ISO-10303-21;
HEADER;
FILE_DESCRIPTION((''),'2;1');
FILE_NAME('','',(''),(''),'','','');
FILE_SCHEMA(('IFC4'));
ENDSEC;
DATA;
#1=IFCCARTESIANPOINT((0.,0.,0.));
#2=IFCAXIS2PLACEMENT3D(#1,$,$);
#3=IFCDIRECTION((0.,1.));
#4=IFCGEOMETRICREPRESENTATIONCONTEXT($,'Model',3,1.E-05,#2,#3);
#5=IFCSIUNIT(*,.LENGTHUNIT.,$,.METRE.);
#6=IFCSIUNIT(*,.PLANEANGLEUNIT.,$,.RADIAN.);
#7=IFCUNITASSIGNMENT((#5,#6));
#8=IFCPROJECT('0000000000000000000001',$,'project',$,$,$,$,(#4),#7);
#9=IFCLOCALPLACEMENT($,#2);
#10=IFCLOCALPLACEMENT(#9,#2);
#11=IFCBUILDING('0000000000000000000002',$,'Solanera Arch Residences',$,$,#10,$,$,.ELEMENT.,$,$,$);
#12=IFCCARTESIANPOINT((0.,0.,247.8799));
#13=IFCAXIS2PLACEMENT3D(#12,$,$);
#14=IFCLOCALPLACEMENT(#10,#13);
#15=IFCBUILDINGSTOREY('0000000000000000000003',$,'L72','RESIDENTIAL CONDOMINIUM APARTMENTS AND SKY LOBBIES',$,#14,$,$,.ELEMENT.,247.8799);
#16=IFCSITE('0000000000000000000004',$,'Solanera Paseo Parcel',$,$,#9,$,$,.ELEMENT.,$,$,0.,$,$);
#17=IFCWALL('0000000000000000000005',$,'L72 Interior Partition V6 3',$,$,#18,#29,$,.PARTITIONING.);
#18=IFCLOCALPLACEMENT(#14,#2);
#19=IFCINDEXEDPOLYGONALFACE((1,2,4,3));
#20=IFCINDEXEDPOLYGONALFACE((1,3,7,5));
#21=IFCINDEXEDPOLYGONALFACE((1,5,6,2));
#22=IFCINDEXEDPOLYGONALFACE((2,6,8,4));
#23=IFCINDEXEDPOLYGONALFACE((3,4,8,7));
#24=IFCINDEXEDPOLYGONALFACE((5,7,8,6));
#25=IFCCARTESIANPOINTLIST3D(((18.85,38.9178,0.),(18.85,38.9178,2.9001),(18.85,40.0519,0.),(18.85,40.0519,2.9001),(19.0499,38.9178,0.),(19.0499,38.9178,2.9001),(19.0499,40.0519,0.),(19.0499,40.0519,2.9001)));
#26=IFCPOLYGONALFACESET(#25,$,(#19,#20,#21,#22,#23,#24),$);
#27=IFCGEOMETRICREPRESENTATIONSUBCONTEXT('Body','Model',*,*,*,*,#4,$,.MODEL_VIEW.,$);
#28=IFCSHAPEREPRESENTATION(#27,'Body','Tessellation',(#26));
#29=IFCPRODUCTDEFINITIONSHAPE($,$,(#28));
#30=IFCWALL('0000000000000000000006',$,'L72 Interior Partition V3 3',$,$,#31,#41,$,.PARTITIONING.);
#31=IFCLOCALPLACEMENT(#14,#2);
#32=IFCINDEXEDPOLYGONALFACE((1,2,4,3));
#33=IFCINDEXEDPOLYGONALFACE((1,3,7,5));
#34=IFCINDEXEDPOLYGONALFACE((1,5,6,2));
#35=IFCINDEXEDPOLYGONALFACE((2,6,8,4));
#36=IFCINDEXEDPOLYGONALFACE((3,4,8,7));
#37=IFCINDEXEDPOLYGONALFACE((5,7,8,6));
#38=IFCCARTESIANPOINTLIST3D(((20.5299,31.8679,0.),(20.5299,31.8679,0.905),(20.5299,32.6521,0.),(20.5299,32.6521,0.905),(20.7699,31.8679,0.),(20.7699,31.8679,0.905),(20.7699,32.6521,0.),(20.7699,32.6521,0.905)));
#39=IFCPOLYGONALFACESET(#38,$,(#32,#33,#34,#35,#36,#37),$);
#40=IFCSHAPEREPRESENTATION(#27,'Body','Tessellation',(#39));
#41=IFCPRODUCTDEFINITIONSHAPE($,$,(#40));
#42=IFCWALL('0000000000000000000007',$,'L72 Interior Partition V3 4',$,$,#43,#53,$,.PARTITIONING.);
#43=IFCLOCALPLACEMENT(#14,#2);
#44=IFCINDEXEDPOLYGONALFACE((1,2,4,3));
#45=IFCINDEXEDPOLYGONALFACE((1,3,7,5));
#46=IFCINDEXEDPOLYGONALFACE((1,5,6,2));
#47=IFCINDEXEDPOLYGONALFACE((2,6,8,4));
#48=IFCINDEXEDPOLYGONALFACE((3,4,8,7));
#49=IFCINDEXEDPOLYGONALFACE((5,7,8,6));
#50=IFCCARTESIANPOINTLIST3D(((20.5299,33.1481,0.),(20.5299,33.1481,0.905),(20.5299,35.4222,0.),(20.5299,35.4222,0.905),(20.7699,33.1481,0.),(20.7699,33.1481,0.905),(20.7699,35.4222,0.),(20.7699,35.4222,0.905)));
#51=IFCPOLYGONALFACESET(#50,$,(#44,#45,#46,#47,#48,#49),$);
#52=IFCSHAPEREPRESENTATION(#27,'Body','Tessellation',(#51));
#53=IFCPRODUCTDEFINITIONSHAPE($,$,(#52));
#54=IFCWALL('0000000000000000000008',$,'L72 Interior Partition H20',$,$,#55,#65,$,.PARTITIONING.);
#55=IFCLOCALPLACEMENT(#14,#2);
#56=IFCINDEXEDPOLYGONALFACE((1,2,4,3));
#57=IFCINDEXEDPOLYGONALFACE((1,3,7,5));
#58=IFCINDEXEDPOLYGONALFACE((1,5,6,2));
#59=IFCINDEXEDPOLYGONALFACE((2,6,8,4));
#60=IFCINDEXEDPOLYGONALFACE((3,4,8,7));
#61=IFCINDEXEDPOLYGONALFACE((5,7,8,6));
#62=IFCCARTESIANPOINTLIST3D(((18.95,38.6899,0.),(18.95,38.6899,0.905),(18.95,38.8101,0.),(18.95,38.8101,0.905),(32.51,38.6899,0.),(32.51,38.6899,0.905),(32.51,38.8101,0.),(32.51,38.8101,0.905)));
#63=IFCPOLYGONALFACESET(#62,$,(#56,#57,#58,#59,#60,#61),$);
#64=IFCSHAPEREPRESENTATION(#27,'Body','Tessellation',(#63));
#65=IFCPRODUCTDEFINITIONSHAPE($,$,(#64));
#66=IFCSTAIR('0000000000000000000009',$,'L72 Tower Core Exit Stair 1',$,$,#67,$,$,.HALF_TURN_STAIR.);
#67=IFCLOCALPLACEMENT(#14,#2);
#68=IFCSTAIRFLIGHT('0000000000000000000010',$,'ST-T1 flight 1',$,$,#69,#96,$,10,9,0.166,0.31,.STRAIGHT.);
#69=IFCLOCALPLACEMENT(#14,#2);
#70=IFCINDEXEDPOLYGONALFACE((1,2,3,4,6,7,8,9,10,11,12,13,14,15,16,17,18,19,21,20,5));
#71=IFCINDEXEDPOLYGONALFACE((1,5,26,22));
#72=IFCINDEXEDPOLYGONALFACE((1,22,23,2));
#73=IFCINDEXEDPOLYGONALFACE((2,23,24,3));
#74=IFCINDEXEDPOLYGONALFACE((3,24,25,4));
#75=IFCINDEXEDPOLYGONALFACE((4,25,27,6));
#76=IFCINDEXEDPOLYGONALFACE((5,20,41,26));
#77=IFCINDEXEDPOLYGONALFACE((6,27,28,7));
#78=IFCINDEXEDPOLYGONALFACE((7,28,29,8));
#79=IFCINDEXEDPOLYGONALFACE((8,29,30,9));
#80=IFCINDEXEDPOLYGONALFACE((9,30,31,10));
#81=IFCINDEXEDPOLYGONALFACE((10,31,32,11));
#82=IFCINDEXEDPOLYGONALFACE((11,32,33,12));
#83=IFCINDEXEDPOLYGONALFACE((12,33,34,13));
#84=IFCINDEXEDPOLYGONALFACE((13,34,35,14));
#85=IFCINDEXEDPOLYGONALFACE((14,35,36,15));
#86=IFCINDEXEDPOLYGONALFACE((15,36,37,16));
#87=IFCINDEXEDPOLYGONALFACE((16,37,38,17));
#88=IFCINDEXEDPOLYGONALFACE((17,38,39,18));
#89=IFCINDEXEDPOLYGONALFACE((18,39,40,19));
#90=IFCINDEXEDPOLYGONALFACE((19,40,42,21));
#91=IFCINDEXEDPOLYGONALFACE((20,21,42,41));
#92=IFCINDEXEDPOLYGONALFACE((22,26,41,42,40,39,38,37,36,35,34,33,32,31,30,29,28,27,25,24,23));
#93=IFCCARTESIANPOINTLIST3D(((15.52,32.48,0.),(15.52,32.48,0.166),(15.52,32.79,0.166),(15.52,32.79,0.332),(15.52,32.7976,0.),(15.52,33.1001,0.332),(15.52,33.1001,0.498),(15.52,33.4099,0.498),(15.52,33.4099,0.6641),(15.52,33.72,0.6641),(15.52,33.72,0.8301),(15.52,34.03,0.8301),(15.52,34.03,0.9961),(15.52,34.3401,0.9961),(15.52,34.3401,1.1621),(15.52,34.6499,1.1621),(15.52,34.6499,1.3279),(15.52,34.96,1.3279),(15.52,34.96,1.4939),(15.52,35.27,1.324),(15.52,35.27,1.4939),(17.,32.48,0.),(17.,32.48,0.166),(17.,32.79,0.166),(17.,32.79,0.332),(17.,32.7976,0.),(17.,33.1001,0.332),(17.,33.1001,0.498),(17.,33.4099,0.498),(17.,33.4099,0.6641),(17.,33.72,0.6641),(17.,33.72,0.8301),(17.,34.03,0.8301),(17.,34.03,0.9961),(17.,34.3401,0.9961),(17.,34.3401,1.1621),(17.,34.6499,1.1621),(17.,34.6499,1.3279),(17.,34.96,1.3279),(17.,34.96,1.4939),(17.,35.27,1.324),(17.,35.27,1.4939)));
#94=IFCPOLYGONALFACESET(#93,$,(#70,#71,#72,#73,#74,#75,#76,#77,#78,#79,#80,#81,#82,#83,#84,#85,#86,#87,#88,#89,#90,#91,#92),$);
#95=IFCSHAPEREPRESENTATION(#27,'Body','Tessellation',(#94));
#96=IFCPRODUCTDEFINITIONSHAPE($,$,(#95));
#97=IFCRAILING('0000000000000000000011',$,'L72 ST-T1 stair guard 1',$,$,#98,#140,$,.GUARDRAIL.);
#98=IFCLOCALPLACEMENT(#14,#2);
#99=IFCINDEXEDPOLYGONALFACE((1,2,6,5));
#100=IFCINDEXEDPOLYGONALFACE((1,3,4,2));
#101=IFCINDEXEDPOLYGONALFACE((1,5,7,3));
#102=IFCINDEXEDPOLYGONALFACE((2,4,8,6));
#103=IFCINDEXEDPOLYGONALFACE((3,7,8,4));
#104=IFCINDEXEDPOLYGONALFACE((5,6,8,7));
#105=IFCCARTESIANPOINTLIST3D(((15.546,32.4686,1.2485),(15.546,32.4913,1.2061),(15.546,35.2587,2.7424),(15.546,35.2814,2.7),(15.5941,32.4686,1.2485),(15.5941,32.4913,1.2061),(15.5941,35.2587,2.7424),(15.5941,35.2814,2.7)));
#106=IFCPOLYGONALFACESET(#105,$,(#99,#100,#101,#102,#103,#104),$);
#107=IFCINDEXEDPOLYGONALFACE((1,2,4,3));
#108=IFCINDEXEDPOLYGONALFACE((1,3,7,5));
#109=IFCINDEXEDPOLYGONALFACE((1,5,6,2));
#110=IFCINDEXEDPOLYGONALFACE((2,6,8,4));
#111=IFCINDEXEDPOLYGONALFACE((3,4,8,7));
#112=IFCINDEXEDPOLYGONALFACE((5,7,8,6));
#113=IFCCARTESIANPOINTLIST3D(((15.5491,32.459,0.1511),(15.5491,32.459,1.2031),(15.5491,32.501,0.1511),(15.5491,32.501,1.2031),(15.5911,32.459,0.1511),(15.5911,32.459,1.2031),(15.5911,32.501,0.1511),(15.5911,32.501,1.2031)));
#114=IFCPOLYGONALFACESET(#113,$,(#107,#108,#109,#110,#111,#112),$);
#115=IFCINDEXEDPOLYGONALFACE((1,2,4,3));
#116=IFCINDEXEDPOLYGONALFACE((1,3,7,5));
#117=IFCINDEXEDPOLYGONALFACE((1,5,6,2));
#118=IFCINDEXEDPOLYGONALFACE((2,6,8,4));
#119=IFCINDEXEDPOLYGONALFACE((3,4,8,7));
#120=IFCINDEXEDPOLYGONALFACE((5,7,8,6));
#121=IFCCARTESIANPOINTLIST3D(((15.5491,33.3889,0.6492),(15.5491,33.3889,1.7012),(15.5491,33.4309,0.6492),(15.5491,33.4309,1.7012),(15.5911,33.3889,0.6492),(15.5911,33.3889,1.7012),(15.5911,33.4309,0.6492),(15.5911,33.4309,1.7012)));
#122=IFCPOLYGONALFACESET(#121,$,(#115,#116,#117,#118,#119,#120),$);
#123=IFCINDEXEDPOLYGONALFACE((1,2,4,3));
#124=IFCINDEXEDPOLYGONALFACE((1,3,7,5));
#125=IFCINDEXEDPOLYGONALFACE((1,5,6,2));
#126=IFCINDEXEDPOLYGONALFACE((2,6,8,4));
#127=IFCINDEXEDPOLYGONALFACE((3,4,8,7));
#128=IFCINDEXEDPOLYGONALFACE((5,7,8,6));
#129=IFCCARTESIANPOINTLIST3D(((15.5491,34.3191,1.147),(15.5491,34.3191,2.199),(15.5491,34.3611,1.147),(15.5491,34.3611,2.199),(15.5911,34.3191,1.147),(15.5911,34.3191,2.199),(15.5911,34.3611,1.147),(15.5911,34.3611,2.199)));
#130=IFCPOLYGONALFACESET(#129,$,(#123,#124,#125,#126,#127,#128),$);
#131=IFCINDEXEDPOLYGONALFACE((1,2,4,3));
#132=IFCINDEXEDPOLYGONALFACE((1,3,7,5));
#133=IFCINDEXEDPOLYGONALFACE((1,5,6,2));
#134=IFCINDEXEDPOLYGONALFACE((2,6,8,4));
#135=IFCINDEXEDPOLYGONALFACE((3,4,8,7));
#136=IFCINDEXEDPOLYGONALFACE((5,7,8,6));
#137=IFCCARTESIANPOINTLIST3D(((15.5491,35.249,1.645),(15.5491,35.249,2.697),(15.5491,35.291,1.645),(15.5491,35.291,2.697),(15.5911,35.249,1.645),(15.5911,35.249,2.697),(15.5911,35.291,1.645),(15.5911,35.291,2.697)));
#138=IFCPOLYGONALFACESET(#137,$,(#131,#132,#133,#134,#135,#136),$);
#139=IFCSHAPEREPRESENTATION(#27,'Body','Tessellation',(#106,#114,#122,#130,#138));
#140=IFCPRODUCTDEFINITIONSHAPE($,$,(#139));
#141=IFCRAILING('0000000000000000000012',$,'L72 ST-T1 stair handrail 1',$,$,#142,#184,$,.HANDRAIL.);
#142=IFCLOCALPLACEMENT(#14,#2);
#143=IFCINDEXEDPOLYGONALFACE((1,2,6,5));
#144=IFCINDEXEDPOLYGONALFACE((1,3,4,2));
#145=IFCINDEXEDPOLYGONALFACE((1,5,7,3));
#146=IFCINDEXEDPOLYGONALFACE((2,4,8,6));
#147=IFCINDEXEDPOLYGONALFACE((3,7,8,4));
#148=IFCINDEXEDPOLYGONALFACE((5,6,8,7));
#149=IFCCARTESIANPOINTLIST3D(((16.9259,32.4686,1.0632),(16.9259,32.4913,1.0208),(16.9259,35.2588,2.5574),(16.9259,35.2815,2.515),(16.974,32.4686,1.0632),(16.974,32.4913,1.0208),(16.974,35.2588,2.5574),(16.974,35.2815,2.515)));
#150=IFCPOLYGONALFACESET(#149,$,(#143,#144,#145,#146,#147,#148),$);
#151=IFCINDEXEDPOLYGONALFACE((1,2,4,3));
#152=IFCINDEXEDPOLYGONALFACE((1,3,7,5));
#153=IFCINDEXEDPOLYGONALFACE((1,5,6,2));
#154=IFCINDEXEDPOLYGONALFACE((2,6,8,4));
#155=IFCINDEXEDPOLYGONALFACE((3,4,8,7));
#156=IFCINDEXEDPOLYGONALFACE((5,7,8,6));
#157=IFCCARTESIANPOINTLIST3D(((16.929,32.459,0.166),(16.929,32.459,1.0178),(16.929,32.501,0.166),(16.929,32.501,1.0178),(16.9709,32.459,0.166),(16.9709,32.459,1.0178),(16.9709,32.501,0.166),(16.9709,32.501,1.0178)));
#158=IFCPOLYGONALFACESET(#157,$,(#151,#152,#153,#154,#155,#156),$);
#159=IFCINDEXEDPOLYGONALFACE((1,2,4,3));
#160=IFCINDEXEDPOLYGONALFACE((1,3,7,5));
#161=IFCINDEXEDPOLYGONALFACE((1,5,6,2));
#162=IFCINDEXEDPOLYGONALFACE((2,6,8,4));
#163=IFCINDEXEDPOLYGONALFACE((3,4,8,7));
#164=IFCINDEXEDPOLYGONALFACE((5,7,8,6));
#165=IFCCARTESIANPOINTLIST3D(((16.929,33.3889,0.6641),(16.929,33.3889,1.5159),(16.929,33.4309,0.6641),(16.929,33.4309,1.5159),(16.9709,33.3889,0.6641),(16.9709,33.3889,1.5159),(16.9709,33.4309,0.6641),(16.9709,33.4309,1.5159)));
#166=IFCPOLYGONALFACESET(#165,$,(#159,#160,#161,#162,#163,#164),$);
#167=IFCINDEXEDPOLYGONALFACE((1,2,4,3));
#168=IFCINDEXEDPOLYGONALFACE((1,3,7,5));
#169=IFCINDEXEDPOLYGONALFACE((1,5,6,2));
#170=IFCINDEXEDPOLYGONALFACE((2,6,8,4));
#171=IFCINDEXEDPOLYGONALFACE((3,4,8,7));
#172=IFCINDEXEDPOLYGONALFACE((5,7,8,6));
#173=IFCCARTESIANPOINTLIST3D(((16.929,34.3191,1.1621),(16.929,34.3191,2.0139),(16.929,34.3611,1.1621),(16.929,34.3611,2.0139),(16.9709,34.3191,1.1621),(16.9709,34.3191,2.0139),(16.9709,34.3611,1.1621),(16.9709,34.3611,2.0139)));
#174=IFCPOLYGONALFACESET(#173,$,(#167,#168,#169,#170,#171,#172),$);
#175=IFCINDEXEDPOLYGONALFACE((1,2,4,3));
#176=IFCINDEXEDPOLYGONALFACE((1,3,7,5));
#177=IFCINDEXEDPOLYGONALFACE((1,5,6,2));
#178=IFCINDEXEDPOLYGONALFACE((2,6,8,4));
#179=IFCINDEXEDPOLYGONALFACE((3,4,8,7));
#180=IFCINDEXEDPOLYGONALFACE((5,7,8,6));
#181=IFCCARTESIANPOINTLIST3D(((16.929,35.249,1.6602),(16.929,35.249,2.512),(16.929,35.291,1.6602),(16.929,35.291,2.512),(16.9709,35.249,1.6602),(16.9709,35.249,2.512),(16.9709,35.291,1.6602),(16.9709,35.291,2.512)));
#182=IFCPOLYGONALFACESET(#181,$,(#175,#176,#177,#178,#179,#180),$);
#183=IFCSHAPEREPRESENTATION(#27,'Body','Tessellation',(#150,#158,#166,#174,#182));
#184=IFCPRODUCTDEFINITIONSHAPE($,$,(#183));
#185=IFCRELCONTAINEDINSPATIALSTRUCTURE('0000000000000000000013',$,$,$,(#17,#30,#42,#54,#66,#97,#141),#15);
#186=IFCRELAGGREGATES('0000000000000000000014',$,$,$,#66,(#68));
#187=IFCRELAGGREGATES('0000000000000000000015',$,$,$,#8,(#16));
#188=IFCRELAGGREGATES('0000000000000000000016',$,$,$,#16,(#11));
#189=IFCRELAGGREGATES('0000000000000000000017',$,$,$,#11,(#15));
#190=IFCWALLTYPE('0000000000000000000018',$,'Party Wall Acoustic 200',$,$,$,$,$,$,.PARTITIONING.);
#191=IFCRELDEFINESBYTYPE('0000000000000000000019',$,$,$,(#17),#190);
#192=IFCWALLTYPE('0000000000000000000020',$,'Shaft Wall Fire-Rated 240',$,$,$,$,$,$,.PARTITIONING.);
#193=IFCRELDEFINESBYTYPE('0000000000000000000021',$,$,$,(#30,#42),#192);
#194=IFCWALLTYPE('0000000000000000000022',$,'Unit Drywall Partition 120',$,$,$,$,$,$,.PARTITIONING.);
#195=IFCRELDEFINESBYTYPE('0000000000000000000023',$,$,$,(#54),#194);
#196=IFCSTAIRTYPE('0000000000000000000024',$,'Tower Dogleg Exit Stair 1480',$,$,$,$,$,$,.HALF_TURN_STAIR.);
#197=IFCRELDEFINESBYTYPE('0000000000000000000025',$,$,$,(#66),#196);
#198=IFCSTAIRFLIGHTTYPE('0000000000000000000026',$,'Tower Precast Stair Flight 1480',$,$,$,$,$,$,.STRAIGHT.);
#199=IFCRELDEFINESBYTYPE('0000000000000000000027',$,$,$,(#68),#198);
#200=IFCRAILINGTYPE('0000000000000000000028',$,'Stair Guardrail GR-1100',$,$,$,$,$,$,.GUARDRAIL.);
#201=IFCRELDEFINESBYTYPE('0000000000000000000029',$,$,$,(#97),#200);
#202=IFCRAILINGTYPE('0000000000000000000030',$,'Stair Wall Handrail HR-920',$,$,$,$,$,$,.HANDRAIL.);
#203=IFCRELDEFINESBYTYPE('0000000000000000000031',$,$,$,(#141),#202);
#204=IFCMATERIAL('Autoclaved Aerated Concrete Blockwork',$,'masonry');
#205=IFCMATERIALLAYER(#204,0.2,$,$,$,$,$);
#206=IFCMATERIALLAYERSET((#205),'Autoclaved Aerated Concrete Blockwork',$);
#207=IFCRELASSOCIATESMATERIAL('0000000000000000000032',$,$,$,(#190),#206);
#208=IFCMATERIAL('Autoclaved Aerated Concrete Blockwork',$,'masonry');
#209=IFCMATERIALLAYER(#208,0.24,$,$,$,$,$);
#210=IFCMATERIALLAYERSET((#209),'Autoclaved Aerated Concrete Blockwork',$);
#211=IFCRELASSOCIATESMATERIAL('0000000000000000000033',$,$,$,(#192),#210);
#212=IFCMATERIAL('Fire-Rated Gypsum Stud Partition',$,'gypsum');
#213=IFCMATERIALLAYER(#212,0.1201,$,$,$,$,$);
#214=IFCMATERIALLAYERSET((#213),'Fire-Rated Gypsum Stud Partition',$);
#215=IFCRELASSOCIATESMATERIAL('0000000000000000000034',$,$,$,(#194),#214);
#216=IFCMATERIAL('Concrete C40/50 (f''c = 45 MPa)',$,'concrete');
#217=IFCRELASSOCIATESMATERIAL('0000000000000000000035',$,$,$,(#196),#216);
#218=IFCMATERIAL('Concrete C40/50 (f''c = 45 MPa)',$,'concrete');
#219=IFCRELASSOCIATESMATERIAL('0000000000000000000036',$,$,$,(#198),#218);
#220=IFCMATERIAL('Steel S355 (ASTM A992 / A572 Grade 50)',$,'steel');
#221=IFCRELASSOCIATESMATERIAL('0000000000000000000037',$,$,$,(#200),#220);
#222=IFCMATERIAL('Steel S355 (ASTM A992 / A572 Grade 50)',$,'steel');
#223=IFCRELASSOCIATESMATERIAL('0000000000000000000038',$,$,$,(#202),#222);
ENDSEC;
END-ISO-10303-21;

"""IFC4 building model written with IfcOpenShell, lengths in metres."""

from ifc_helpers import new_model, si_unit, direction, frame, frame_2d, origin, origin_2d, place, context, subcontext, project, spatial, polyline, rectangle, outline, extrude, material, layer, layer_set, type_object, element, aggregate, save


model = new_model("IFC4")

# Units and contexts
model_context = context("Model", 3, precision=1e-05, world=origin(), true_north=direction((0.0, 1.0)))
body_context = subcontext(model_context, "Body", "Model", "MODEL_VIEW")
ifc_project = project(units=[si_unit("LENGTHUNIT", "METRE"), si_unit("PLANEANGLEUNIT", "RADIAN")], contexts=[model_context])

# Site, building, storey
site_placement = place(None, origin())
site = spatial("IfcSite", under=ifc_project, at=site_placement, Name="Solanera Paseo Parcel", CompositionType="ELEMENT", RefElevation=0.0)
building_placement = place(site_placement, origin())
building = spatial("IfcBuilding", under=site, at=building_placement, Name="Solanera Arch Residences", CompositionType="ELEMENT")
storey_placement = place(building_placement, frame((0.0, 0.0, 247.8799)))
storey = spatial("IfcBuildingStorey", under=building, at=storey_placement, Name="L72", Description="RESIDENTIAL CONDOMINIUM APARTMENTS AND SKY LOBBIES", CompositionType="ELEMENT", Elevation=247.8799)

# Shared definitions
ifc_material_1 = material(Name="Autoclaved Aerated Concrete Blockwork", Category="masonry")
ifc_layer_1 = layer(ifc_material_1, 0.2)
ifc_layer_set_1 = layer_set([ifc_layer_1], Name="Autoclaved Aerated Concrete Blockwork")
wall_type_1 = type_object("IfcWallType", Name="Party Wall Acoustic 200", PredefinedType="PARTITIONING", material=ifc_layer_set_1)

# Wall
wall_1_placement = place(storey_placement, frame((18.95, 38.918, 0.0), z_axis=(0.0, 0.0, 1.0), x_axis=(0.0, 1.0, 0.0)))
element("IfcWall", 1, at=wall_1_placement, inside=storey, type_object=wall_type_1, Name="L72 Interior Partition V6 3", PredefinedType="PARTITIONING", context=body_context, shape_type="SweptSolid", body=[
    extrude(rectangle(XDim=1.134, YDim=0.2, at=frame_2d((0.5669, 0.0))), origin(), (0.0, 0.0, 1.0), 2.9001),
])

# Shared definitions
ifc_material_2 = material(Name="Autoclaved Aerated Concrete Blockwork", Category="masonry")
ifc_layer_2 = layer(ifc_material_2, 0.24)
ifc_layer_set_2 = layer_set([ifc_layer_2], Name="Autoclaved Aerated Concrete Blockwork")
wall_type_2 = type_object("IfcWallType", Name="Shaft Wall Fire-Rated 240", PredefinedType="PARTITIONING", material=ifc_layer_set_2)

# Walls
wall_2_placement = place(storey_placement, frame((20.6499, 31.8679, 0.0), z_axis=(0.0, 0.0, 1.0), x_axis=(0.0, 1.0, 0.0)))
element("IfcWall", 2, at=wall_2_placement, inside=storey, type_object=wall_type_2, Name="L72 Interior Partition V3 3", PredefinedType="PARTITIONING", context=body_context, shape_type="SweptSolid", body=[
    extrude(rectangle(XDim=0.7842, YDim=0.24, at=frame_2d((0.3921, 0.0))), origin(), (0.0, 0.0, 1.0), 0.905),
])
wall_3_placement = place(storey_placement, frame((20.6499, 33.1479, 0.0), z_axis=(0.0, 0.0, 1.0), x_axis=(0.0, 1.0, 0.0)))
element("IfcWall", 3, at=wall_3_placement, inside=storey, type_object=wall_type_2, Name="L72 Interior Partition V3 4", PredefinedType="PARTITIONING", context=body_context, shape_type="SweptSolid", body=[
    extrude(rectangle(XDim=2.2742, YDim=0.24, at=frame_2d((1.1372, 0.0))), origin(), (0.0, 0.0, 1.0), 0.905),
])
ifc_material_3 = material(Name="Fire-Rated Gypsum Stud Partition", Category="gypsum")
ifc_layer_3 = layer(ifc_material_3, 0.1201)
ifc_layer_set_3 = layer_set([ifc_layer_3], Name="Fire-Rated Gypsum Stud Partition")
wall_type_3 = type_object("IfcWallType", Name="Unit Drywall Partition 120", PredefinedType="PARTITIONING", material=ifc_layer_set_3)
wall_4_placement = place(storey_placement, frame((18.95, 38.75, 0.0), z_axis=(0.0, 0.0, 1.0), x_axis=(1.0, 0.0, 0.0)))
element("IfcWall", 4, at=wall_4_placement, inside=storey, type_object=wall_type_3, Name="L72 Interior Partition H20", PredefinedType="PARTITIONING", context=body_context, shape_type="SweptSolid", body=[
    extrude(rectangle(XDim=13.5601, YDim=0.1201, at=frame_2d((6.78, 0.0))), origin(), (0.0, 0.0, 1.0), 0.905),
])

# Stair, stair flight
ifc_material_4 = material(Name="Concrete C40/50 (f'c = 45 MPa)", Category="concrete")
stair_type = type_object("IfcStairType", Name="Tower Dogleg Exit Stair 1480", PredefinedType="HALF_TURN_STAIR", material=ifc_material_4)
stair_placement = place(storey_placement, origin())
stair = element("IfcStair", 5, at=stair_placement, inside=storey, type_object=stair_type, Name="L72 Tower Core Exit Stair 1", PredefinedType="HALF_TURN_STAIR")
ifc_material_5 = material(Name="Concrete C40/50 (f'c = 45 MPa)", Category="concrete")
stair_flight_type = type_object("IfcStairFlightType", Name="Tower Precast Stair Flight 1480", PredefinedType="STRAIGHT", material=ifc_material_5)
stair_flight_placement = place(storey_placement, frame((16.26, 32.48, 0.0), z_axis=(0.0, 0.0, 1.0), x_axis=(0.0, 1.0, 0.0)))
stair_flight = element("IfcStairFlight", 6, at=stair_flight_placement, type_object=stair_flight_type, Name="ST-T1 flight 1", NumberOfRisers=10, NumberOfTreads=9, PredefinedType="STRAIGHT", RiserHeight=0.166, TreadLength=0.31, context=body_context, shape_type="SweptSolid", body=[
    extrude(outline(polyline([(0.0, 0.0), (0.0, 0.166), (0.3101, 0.166), (0.3101, 0.332), (0.6201, 0.332), (0.6201, 0.498), (0.9299, 0.498), (0.9299, 0.6641), (1.24, 0.6641), (1.24, 0.8301), (1.55, 0.8301), (1.55, 0.9961), (1.8601, 0.9961), (1.8601, 1.1621), (2.1699, 1.1621), (2.1699, 1.3279), (2.48, 1.3279), (2.48, 1.4939), (2.79, 1.4939), (2.79, 1.6599), (2.79, 1.324), (0.3176, 0.0), (0.0, 0.0)])), frame((0.0, 0.74, 0.0), z_axis=(0.0, -1.0, 0.0), x_axis=(1.0, 0.0, 0.0)), (0.0, 0.0, 1.0), 1.48),
])
aggregate(stair, [stair_flight])

# Railings
ifc_material_6 = material(Name="Steel S355 (ASTM A992 / A572 Grade 50)", Category="steel")
railing_type_1 = type_object("IfcRailingType", Name="Stair Guardrail GR-1100", PredefinedType="GUARDRAIL", material=ifc_material_6)
railing_1_placement = place(storey_placement, frame((15.5701, 32.48, 0.1511)))
element("IfcRailing", 7, at=railing_1_placement, inside=storey, type_object=railing_type_1, Name="L72 ST-T1 stair guard 1", PredefinedType="GUARDRAIL", context=body_context, shape_type="SweptSolid", body=[
    extrude(rectangle(XDim=0.0481, YDim=0.0481, at=origin_2d()), frame((0.0, 0.0, 1.0762), z_axis=(0.0, 0.881581, 0.472033), x_axis=(-1.0, 0.0, 0.0)), (0.0, 0.0, 1.0), 3.1648),
    extrude(rectangle(XDim=0.042, YDim=0.042, at=origin_2d()), origin(), (0.0, 0.0, 1.0), 1.052),
    extrude(rectangle(XDim=0.042, YDim=0.042, at=origin_2d()), frame((0.0, 0.9299, 0.498)), (0.0, 0.0, 1.0), 1.052),
    extrude(rectangle(XDim=0.042, YDim=0.042, at=origin_2d()), frame((0.0, 1.8601, 0.9958)), (0.0, 0.0, 1.0), 1.052),
    extrude(rectangle(XDim=0.042, YDim=0.042, at=origin_2d()), frame((0.0, 2.79, 1.4939)), (0.0, 0.0, 1.0), 1.052),
])
ifc_material_7 = material(Name="Steel S355 (ASTM A992 / A572 Grade 50)", Category="steel")
railing_type_2 = type_object("IfcRailingType", Name="Stair Wall Handrail HR-920", PredefinedType="HANDRAIL", material=ifc_material_7)
railing_2_placement = place(storey_placement, frame((16.95, 32.48, 0.166)))
element("IfcRailing", 8, at=railing_2_placement, inside=storey, type_object=railing_type_2, Name="L72 ST-T1 stair handrail 1", PredefinedType="HANDRAIL", context=body_context, shape_type="SweptSolid", body=[
    extrude(rectangle(XDim=0.0481, YDim=0.0481, at=origin_2d()), frame((0.0, 0.0, 0.876), z_axis=(0.0, 0.881549, 0.472093), x_axis=(-1.0, 0.0, 0.0)), (0.0, 0.0, 1.0), 3.165),
    extrude(rectangle(XDim=0.042, YDim=0.042, at=origin_2d()), origin(), (0.0, 0.0, 1.0), 0.8518),
    extrude(rectangle(XDim=0.042, YDim=0.042, at=origin_2d()), frame((0.0, 0.9299, 0.498)), (0.0, 0.0, 1.0), 0.8518),
    extrude(rectangle(XDim=0.042, YDim=0.042, at=origin_2d()), frame((0.0, 1.8601, 0.9961)), (0.0, 0.0, 1.0), 0.8518),
    extrude(rectangle(XDim=0.042, YDim=0.042, at=origin_2d()), frame((0.0, 2.79, 1.4941)), (0.0, 0.0, 1.0), 0.8518),
])

save(model, "model.ifc")
